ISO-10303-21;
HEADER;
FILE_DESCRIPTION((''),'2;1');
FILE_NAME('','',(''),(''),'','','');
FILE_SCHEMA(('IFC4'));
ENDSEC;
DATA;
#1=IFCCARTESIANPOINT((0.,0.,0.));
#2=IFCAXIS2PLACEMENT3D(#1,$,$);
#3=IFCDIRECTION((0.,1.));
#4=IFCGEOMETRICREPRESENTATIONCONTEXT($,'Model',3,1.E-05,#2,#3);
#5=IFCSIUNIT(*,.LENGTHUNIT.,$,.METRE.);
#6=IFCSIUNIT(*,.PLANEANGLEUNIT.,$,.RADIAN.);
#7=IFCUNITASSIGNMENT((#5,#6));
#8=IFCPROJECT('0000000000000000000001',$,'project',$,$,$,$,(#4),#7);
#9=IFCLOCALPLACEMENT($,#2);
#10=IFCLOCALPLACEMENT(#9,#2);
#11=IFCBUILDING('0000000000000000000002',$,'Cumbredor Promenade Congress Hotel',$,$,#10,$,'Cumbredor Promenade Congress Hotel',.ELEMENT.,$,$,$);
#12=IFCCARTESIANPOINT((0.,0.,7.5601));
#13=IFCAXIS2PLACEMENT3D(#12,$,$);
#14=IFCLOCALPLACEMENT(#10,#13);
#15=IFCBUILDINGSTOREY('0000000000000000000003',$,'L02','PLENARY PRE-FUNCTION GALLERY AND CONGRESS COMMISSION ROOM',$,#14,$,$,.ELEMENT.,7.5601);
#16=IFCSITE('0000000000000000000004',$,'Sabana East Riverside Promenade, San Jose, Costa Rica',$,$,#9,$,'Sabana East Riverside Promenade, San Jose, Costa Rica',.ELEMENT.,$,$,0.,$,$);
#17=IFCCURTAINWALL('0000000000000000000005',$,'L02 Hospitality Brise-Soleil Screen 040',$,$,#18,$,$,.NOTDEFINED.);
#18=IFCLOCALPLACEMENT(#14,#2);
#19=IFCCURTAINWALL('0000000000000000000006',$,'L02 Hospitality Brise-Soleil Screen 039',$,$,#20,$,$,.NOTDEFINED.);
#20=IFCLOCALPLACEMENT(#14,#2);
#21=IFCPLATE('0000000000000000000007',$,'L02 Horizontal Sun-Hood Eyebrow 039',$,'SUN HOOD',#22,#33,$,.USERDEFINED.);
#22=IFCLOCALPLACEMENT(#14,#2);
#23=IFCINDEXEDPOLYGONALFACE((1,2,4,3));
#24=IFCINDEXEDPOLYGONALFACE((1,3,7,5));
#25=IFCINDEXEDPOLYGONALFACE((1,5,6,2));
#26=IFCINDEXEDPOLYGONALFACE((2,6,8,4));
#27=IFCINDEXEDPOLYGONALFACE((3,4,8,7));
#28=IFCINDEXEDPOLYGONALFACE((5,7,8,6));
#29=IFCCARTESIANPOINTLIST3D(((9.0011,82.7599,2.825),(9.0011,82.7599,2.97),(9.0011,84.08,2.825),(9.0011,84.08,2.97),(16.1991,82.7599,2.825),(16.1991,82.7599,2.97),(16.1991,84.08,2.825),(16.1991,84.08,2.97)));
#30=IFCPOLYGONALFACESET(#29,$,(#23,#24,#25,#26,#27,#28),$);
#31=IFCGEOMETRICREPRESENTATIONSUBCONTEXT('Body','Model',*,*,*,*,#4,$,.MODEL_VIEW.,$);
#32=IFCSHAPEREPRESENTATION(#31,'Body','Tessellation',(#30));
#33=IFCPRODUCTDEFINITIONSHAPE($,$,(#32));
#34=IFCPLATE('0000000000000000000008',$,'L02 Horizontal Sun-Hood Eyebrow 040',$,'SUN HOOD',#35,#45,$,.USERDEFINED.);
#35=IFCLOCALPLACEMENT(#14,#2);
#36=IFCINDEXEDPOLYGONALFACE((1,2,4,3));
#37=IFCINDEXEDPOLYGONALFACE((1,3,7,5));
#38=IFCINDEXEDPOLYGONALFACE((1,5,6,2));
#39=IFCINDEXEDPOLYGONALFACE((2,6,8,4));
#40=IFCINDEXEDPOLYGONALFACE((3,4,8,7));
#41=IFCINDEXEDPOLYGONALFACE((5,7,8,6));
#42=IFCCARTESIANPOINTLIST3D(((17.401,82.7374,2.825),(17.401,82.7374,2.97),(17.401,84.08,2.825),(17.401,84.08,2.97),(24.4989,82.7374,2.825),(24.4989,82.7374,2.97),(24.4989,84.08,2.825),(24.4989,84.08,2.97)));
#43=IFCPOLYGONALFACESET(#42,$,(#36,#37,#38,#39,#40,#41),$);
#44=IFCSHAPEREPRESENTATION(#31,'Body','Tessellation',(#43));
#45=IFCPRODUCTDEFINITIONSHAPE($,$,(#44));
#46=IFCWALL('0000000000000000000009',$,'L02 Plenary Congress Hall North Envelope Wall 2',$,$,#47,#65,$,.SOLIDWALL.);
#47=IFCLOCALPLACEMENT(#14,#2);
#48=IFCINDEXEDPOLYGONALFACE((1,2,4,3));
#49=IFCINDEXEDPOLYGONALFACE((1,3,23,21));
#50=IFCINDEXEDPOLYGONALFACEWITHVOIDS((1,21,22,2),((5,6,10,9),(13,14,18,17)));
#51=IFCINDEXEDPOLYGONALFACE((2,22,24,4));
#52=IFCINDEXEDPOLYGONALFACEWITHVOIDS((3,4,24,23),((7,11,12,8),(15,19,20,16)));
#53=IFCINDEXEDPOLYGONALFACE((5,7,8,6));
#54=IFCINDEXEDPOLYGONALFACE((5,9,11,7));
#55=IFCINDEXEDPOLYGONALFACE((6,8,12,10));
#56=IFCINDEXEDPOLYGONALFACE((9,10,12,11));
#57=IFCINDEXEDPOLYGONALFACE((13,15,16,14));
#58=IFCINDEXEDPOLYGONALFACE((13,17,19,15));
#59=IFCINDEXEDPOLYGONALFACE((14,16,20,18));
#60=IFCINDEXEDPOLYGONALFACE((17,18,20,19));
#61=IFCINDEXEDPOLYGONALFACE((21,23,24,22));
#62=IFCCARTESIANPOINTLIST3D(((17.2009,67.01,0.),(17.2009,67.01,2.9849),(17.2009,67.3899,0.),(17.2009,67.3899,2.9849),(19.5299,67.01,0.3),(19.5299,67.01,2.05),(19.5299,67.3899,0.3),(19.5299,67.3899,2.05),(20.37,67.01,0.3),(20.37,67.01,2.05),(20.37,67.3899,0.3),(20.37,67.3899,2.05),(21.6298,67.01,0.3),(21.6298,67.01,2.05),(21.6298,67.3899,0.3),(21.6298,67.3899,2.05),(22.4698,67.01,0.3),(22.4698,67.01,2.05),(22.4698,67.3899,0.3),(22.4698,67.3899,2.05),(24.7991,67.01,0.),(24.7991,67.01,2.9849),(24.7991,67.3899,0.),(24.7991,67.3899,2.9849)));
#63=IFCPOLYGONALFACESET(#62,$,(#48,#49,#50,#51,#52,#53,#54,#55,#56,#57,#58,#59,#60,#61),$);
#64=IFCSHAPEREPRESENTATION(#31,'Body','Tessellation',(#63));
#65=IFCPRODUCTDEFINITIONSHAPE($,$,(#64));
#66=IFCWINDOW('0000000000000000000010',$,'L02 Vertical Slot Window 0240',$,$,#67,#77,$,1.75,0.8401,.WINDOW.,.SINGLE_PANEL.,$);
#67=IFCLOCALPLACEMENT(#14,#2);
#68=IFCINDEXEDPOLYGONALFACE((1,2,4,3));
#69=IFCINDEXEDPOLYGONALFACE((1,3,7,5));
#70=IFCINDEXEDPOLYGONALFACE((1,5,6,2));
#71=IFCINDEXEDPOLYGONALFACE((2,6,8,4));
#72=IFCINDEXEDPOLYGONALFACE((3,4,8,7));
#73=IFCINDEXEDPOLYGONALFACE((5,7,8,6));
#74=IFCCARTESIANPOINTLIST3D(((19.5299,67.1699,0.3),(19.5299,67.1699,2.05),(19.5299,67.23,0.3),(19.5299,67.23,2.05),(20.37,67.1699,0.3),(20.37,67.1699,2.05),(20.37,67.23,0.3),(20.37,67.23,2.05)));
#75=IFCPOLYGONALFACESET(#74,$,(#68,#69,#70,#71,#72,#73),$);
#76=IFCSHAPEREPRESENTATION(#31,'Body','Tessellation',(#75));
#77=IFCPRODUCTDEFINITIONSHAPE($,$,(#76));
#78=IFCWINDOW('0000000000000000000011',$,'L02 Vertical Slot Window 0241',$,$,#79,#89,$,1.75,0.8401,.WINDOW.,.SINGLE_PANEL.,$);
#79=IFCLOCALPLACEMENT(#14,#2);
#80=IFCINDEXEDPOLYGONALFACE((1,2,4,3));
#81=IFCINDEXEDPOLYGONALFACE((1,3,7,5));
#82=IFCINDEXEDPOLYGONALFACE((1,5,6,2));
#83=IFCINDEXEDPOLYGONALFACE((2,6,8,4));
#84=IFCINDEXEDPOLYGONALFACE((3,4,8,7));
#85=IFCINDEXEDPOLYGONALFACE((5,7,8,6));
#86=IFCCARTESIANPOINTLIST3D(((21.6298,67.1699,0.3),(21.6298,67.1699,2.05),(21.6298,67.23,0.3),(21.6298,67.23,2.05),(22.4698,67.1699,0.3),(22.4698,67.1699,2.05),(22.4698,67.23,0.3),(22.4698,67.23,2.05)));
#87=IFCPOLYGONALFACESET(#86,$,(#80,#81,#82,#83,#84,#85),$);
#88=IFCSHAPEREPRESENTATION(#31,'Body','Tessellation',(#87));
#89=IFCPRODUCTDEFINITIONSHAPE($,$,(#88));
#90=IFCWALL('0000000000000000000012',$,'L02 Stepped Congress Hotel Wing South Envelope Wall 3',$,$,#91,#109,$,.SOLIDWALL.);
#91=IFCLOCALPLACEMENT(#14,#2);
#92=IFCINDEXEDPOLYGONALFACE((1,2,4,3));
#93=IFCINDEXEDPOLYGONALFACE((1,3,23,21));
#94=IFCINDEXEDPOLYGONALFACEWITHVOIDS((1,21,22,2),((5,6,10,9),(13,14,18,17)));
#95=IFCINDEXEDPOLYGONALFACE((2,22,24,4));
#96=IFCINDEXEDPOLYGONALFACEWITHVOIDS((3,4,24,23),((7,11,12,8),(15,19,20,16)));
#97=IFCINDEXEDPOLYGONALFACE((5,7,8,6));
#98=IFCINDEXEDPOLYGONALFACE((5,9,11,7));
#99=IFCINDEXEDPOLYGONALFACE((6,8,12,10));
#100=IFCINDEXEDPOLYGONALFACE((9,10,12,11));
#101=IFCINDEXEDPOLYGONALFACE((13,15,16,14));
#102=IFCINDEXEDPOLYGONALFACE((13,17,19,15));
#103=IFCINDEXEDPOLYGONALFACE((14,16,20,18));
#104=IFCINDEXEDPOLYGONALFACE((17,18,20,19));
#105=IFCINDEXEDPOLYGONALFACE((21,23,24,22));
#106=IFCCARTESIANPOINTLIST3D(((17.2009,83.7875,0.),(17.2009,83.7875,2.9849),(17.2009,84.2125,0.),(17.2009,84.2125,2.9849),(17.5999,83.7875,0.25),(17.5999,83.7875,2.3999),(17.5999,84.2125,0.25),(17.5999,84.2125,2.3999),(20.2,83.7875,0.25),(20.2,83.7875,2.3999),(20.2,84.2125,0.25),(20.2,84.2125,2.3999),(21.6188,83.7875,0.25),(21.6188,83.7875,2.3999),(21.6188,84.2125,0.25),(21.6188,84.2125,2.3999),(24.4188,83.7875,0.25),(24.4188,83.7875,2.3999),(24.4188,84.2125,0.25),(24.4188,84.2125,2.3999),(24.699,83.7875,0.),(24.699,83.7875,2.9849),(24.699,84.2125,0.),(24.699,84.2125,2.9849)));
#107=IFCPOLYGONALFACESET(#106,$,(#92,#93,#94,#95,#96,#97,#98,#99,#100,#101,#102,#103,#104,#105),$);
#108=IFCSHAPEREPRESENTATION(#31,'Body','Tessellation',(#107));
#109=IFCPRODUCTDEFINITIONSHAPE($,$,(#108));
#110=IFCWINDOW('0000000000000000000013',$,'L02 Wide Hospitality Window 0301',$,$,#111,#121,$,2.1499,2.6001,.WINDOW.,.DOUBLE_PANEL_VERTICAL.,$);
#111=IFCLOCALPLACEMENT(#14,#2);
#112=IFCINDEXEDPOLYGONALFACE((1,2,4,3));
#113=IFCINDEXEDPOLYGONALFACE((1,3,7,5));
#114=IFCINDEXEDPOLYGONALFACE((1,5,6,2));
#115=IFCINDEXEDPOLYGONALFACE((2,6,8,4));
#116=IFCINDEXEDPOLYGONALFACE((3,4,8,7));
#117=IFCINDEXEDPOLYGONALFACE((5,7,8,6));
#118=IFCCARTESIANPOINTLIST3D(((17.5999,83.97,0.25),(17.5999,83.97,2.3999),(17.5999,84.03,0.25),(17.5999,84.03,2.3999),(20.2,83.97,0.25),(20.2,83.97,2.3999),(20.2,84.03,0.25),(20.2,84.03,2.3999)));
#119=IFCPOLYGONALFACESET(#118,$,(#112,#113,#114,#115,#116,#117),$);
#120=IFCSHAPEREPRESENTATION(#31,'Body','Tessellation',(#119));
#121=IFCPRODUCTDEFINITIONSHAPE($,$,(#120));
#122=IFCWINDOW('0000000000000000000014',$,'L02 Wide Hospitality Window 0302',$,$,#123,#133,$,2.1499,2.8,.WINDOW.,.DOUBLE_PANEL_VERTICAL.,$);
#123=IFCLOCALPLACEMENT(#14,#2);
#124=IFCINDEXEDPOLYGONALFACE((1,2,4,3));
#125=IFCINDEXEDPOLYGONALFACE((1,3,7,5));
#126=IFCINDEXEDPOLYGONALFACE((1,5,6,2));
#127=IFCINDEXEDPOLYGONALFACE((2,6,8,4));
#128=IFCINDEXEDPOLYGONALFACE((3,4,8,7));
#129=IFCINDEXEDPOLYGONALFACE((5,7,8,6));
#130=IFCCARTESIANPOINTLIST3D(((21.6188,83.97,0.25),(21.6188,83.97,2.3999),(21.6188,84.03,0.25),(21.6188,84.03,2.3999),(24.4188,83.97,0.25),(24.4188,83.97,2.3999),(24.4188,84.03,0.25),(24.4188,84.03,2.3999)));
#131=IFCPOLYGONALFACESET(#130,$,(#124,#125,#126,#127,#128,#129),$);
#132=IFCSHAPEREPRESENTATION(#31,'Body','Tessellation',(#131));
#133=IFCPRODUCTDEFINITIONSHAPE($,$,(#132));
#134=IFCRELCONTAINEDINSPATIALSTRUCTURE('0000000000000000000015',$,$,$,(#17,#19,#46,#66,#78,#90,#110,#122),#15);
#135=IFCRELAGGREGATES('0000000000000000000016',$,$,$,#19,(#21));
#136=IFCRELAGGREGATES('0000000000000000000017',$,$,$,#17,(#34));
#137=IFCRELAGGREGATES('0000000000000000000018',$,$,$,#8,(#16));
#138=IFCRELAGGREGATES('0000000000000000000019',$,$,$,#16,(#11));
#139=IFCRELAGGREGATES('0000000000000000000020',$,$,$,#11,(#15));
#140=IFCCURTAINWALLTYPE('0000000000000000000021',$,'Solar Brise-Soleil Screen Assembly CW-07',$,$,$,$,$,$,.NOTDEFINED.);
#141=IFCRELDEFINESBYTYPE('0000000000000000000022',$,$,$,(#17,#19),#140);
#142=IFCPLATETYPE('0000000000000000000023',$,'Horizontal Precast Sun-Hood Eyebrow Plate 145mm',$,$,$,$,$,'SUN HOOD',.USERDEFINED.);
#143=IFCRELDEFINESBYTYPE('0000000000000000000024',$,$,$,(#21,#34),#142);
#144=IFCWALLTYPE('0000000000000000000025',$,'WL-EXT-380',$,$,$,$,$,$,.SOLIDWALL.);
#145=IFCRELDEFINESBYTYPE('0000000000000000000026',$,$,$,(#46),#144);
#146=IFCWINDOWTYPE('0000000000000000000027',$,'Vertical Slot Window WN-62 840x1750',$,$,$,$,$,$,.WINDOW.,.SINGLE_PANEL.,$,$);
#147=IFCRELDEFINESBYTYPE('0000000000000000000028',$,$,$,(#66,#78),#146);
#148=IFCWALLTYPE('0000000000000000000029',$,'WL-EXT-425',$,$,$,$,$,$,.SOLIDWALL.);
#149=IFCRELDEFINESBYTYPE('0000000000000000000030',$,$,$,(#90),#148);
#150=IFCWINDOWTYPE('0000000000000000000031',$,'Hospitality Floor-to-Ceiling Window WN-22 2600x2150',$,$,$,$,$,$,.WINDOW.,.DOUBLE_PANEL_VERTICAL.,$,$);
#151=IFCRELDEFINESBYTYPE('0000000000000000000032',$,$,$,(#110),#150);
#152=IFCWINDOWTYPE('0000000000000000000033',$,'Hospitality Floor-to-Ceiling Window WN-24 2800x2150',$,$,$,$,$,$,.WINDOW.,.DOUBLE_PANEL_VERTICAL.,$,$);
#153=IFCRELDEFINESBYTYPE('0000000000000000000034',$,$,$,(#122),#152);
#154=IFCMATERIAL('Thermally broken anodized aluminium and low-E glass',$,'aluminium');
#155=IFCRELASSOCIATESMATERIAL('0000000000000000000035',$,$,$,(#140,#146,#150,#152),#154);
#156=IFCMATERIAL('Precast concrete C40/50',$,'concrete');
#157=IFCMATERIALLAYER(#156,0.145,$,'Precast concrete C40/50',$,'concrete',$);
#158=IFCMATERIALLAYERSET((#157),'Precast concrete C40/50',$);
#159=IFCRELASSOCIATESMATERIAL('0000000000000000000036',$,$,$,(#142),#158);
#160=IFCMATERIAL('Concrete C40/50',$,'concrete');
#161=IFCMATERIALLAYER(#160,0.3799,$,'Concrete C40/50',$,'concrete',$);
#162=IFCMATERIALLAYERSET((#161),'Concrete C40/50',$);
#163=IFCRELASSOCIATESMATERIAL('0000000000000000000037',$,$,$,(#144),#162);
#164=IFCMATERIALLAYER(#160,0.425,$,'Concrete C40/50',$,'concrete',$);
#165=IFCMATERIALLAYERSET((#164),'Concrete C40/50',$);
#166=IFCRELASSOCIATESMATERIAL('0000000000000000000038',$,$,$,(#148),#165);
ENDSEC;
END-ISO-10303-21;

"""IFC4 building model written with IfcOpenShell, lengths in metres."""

from ifc_helpers import new_model, si_unit, direction, frame, frame_2d, origin, origin_2d, place, context, subcontext, project, spatial, rectangle, extrude, material, layer, layer_set, type_object, element, fill, aggregate, save


model = new_model("IFC4")

# Units and contexts
model_context = context("Model", 3, precision=1e-05, world=origin(), true_north=direction((0.0, 1.0)))
body_context = subcontext(model_context, "Body", "Model", "MODEL_VIEW")
ifc_project = project(units=[si_unit("LENGTHUNIT", "METRE"), si_unit("PLANEANGLEUNIT", "RADIAN")], contexts=[model_context])

# Site, building, storey
site_placement = place(None, origin())
site = spatial("IfcSite", under=ifc_project, at=site_placement, Name="Sabana East Riverside Promenade, San Jose, Costa Rica", LongName="Sabana East Riverside Promenade, San Jose, Costa Rica", CompositionType="ELEMENT", RefElevation=0.0)
building_placement = place(site_placement, origin())
building = spatial("IfcBuilding", under=site, at=building_placement, Name="Cumbredor Promenade Congress Hotel", LongName="Cumbredor Promenade Congress Hotel", CompositionType="ELEMENT")
storey_placement = place(building_placement, frame((0.0, 0.0, 7.5601)))
storey = spatial("IfcBuildingStorey", under=building, at=storey_placement, Name="L02", Description="PLENARY PRE-FUNCTION GALLERY AND CONGRESS COMMISSION ROOM", CompositionType="ELEMENT", Elevation=7.5601)

# Curtain wall
ifc_material_1 = material(Name="Thermally broken anodized aluminium and low-E glass", Category="aluminium")
curtain_wall_type = type_object("IfcCurtainWallType", Name="Solar Brise-Soleil Screen Assembly CW-07", PredefinedType="NOTDEFINED", material=ifc_material_1)
curtain_wall_1_placement = place(storey_placement, origin())
curtain_wall_1 = element("IfcCurtainWall", 1, at=curtain_wall_1_placement, inside=storey, type_object=curtain_wall_type, Name="L02 Hospitality Brise-Soleil Screen 040", PredefinedType="NOTDEFINED")

# Shared definitions
ifc_material_2 = material(Name="Concrete C40/50", Category="concrete")

# Curtain wall
curtain_wall_2_placement = place(storey_placement, origin())
curtain_wall_2 = element("IfcCurtainWall", 2, at=curtain_wall_2_placement, inside=storey, type_object=curtain_wall_type, Name="L02 Hospitality Brise-Soleil Screen 039", PredefinedType="NOTDEFINED")

# Plates
ifc_material_3 = material(Name="Precast concrete C40/50", Category="concrete")
ifc_layer_1 = layer(ifc_material_3, 0.145, Name="Precast concrete C40/50", Category="concrete")
ifc_layer_set_1 = layer_set([ifc_layer_1], Name="Precast concrete C40/50")
plate_type = type_object("IfcPlateType", Name="Horizontal Precast Sun-Hood Eyebrow Plate 145mm", ElementType="SUN HOOD", PredefinedType="USERDEFINED", material=ifc_layer_set_1)
plate_1_placement = place(storey_placement, frame((12.6001, 83.4199, 2.825), z_axis=(0.0, 0.0, 1.0), x_axis=(1.0, 0.0, 0.0)))
plate_1 = element("IfcPlate", 3, at=plate_1_placement, type_object=plate_type, Name="L02 Horizontal Sun-Hood Eyebrow 039", ObjectType="SUN HOOD", PredefinedType="USERDEFINED", context=body_context, shape_type="SweptSolid", body=[
    extrude(rectangle(XDim=7.198, YDim=1.3201, at=origin_2d()), origin(), (0.0, 0.0, 1.0), 0.145),
])
aggregate(curtain_wall_2, [plate_1])
plate_2_placement = place(storey_placement, frame((20.95, 83.4087, 2.825), z_axis=(0.0, 0.0, 1.0), x_axis=(1.0, 0.0, 0.0)))
plate_2 = element("IfcPlate", 4, at=plate_2_placement, type_object=plate_type, Name="L02 Horizontal Sun-Hood Eyebrow 040", ObjectType="SUN HOOD", PredefinedType="USERDEFINED", context=body_context, shape_type="SweptSolid", body=[
    extrude(rectangle(XDim=7.0979, YDim=1.3425, at=origin_2d()), origin(), (0.0, 0.0, 1.0), 0.145),
])
aggregate(curtain_wall_1, [plate_2])

# Walls, openings, windows
ifc_layer_2 = layer(ifc_material_2, 0.3799, Name="Concrete C40/50", Category="concrete")
ifc_layer_set_2 = layer_set([ifc_layer_2], Name="Concrete C40/50")
wall_type_1 = type_object("IfcWallType", Name="WL-EXT-380", PredefinedType="SOLIDWALL", material=ifc_layer_set_2)
wall_1_placement = place(storey_placement, frame((17.2009, 67.2, 0.0), z_axis=(0.0, 0.0, 1.0), x_axis=(1.0, 0.0, 0.0)))
wall_1 = element("IfcWall", 5, at=wall_1_placement, inside=storey, type_object=wall_type_1, Name="L02 Plenary Congress Hall North Envelope Wall 2", PredefinedType="SOLIDWALL", context=body_context, shape_type="SweptSolid", body=[
    extrude(rectangle(XDim=7.5981, YDim=0.3799, at=frame_2d((3.7991, 0.0))), origin(), (0.0, 0.0, 1.0), 2.9849),
])
opening_1_placement = place(wall_1_placement, frame((2.3291, 0.0, 0.3)))
opening_1 = element("IfcOpeningElement", 6, at=opening_1_placement, cuts=wall_1, PredefinedType="OPENING", context=body_context, shape_type="SweptSolid", body=[
    extrude(rectangle(XDim=0.8401, YDim=1.75, at=frame_2d((0.4199, 0.875))), frame((0.0, 0.2, 0.0), z_axis=(0.0, -1.0, 0.0), x_axis=(1.0, 0.0, 0.0)), (0.0, 0.0, 1.0), 0.3999),
])
opening_2_placement = place(wall_1_placement, frame((4.429, 0.0, 0.3)))
opening_2 = element("IfcOpeningElement", 7, at=opening_2_placement, cuts=wall_1, PredefinedType="OPENING", context=body_context, shape_type="SweptSolid", body=[
    extrude(rectangle(XDim=0.8401, YDim=1.75, at=frame_2d((0.4199, 0.875))), frame((0.0, 0.2, 0.0), z_axis=(0.0, -1.0, 0.0), x_axis=(1.0, 0.0, 0.0)), (0.0, 0.0, 1.0), 0.3999),
])
window_type_1 = type_object("IfcWindowType", Name="Vertical Slot Window WN-62 840x1750", PartitioningType="SINGLE_PANEL", PredefinedType="WINDOW", material=ifc_material_1)
window_1_placement = place(opening_1_placement, origin())
window_1 = element("IfcWindow", 8, at=window_1_placement, inside=storey, type_object=window_type_1, Name="L02 Vertical Slot Window 0240", OverallHeight=1.75, OverallWidth=0.8401, PartitioningType="SINGLE_PANEL", PredefinedType="WINDOW", context=body_context, shape_type="SweptSolid", body=[
    extrude(rectangle(XDim=0.8401, YDim=1.75, at=frame_2d((0.4199, 0.875))), frame((0.0, 0.03, 0.0), z_axis=(0.0, -1.0, 0.0), x_axis=(1.0, 0.0, 0.0)), (0.0, 0.0, 1.0), 0.0601),
])
fill(opening_1, window_1)
window_2_placement = place(opening_2_placement, origin())
window_2 = element("IfcWindow", 9, at=window_2_placement, inside=storey, type_object=window_type_1, Name="L02 Vertical Slot Window 0241", OverallHeight=1.75, OverallWidth=0.8401, PartitioningType="SINGLE_PANEL", PredefinedType="WINDOW", context=body_context, shape_type="SweptSolid", body=[
    extrude(rectangle(XDim=0.8401, YDim=1.75, at=frame_2d((0.4199, 0.875))), frame((0.0, 0.03, 0.0), z_axis=(0.0, -1.0, 0.0), x_axis=(1.0, 0.0, 0.0)), (0.0, 0.0, 1.0), 0.0601),
])
fill(opening_2, window_2)
ifc_layer_3 = layer(ifc_material_2, 0.425, Name="Concrete C40/50", Category="concrete")
ifc_layer_set_3 = layer_set([ifc_layer_3], Name="Concrete C40/50")
wall_type_2 = type_object("IfcWallType", Name="WL-EXT-425", PredefinedType="SOLIDWALL", material=ifc_layer_set_3)
wall_2_placement = place(storey_placement, frame((17.2009, 84.0, 0.0), z_axis=(0.0, 0.0, 1.0), x_axis=(1.0, 0.0, 0.0)))
wall_2 = element("IfcWall", 10, at=wall_2_placement, inside=storey, type_object=wall_type_2, Name="L02 Stepped Congress Hotel Wing South Envelope Wall 3", PredefinedType="SOLIDWALL", context=body_context, shape_type="SweptSolid", body=[
    extrude(rectangle(XDim=7.498, YDim=0.425, at=frame_2d((3.749, 0.0))), origin(), (0.0, 0.0, 1.0), 2.9849),
])
opening_3_placement = place(wall_2_placement, frame((0.3989, 0.0, 0.25)))
opening_3 = element("IfcOpeningElement", 11, at=opening_3_placement, cuts=wall_2, PredefinedType="OPENING", context=body_context, shape_type="SweptSolid", body=[
    extrude(rectangle(XDim=2.6001, YDim=2.1499, at=frame_2d((1.3, 1.075))), frame((0.0, 0.2227, 0.0), z_axis=(0.0, -1.0, 0.0), x_axis=(1.0, 0.0, 0.0)), (0.0, 0.0, 1.0), 0.4451),
])
opening_4_placement = place(wall_2_placement, frame((4.418, 0.0, 0.25)))
opening_4 = element("IfcOpeningElement", 12, at=opening_4_placement, cuts=wall_2, PredefinedType="OPENING", context=body_context, shape_type="SweptSolid", body=[
    extrude(rectangle(XDim=2.8, YDim=2.1499, at=frame_2d((1.3999, 1.075))), frame((0.0, 0.2227, 0.0), z_axis=(0.0, -1.0, 0.0), x_axis=(1.0, 0.0, 0.0)), (0.0, 0.0, 1.0), 0.4451),
])
window_type_2 = type_object("IfcWindowType", Name="Hospitality Floor-to-Ceiling Window WN-22 2600x2150", PartitioningType="DOUBLE_PANEL_VERTICAL", PredefinedType="WINDOW", material=ifc_material_1)
window_3_placement = place(opening_3_placement, origin())
window_3 = element("IfcWindow", 13, at=window_3_placement, inside=storey, type_object=window_type_2, Name="L02 Wide Hospitality Window 0301", OverallHeight=2.1499, OverallWidth=2.6001, PartitioningType="DOUBLE_PANEL_VERTICAL", PredefinedType="WINDOW", context=body_context, shape_type="SweptSolid", body=[
    extrude(rectangle(XDim=2.6001, YDim=2.1499, at=frame_2d((1.3, 1.075))), frame((0.0, 0.03, 0.0), z_axis=(0.0, -1.0, 0.0), x_axis=(1.0, 0.0, 0.0)), (0.0, 0.0, 1.0), 0.0601),
])
fill(opening_3, window_3)
window_type_3 = type_object("IfcWindowType", Name="Hospitality Floor-to-Ceiling Window WN-24 2800x2150", PartitioningType="DOUBLE_PANEL_VERTICAL", PredefinedType="WINDOW", material=ifc_material_1)
window_4_placement = place(opening_4_placement, origin())
window_4 = element("IfcWindow", 14, at=window_4_placement, inside=storey, type_object=window_type_3, Name="L02 Wide Hospitality Window 0302", OverallHeight=2.1499, OverallWidth=2.8, PartitioningType="DOUBLE_PANEL_VERTICAL", PredefinedType="WINDOW", context=body_context, shape_type="SweptSolid", body=[
    extrude(rectangle(XDim=2.8, YDim=2.1499, at=frame_2d((1.3999, 1.075))), frame((0.0, 0.03, 0.0), z_axis=(0.0, -1.0, 0.0), x_axis=(1.0, 0.0, 0.0)), (0.0, 0.0, 1.0), 0.0601),
])
fill(opening_4, window_4)

save(model, "model.ifc")
